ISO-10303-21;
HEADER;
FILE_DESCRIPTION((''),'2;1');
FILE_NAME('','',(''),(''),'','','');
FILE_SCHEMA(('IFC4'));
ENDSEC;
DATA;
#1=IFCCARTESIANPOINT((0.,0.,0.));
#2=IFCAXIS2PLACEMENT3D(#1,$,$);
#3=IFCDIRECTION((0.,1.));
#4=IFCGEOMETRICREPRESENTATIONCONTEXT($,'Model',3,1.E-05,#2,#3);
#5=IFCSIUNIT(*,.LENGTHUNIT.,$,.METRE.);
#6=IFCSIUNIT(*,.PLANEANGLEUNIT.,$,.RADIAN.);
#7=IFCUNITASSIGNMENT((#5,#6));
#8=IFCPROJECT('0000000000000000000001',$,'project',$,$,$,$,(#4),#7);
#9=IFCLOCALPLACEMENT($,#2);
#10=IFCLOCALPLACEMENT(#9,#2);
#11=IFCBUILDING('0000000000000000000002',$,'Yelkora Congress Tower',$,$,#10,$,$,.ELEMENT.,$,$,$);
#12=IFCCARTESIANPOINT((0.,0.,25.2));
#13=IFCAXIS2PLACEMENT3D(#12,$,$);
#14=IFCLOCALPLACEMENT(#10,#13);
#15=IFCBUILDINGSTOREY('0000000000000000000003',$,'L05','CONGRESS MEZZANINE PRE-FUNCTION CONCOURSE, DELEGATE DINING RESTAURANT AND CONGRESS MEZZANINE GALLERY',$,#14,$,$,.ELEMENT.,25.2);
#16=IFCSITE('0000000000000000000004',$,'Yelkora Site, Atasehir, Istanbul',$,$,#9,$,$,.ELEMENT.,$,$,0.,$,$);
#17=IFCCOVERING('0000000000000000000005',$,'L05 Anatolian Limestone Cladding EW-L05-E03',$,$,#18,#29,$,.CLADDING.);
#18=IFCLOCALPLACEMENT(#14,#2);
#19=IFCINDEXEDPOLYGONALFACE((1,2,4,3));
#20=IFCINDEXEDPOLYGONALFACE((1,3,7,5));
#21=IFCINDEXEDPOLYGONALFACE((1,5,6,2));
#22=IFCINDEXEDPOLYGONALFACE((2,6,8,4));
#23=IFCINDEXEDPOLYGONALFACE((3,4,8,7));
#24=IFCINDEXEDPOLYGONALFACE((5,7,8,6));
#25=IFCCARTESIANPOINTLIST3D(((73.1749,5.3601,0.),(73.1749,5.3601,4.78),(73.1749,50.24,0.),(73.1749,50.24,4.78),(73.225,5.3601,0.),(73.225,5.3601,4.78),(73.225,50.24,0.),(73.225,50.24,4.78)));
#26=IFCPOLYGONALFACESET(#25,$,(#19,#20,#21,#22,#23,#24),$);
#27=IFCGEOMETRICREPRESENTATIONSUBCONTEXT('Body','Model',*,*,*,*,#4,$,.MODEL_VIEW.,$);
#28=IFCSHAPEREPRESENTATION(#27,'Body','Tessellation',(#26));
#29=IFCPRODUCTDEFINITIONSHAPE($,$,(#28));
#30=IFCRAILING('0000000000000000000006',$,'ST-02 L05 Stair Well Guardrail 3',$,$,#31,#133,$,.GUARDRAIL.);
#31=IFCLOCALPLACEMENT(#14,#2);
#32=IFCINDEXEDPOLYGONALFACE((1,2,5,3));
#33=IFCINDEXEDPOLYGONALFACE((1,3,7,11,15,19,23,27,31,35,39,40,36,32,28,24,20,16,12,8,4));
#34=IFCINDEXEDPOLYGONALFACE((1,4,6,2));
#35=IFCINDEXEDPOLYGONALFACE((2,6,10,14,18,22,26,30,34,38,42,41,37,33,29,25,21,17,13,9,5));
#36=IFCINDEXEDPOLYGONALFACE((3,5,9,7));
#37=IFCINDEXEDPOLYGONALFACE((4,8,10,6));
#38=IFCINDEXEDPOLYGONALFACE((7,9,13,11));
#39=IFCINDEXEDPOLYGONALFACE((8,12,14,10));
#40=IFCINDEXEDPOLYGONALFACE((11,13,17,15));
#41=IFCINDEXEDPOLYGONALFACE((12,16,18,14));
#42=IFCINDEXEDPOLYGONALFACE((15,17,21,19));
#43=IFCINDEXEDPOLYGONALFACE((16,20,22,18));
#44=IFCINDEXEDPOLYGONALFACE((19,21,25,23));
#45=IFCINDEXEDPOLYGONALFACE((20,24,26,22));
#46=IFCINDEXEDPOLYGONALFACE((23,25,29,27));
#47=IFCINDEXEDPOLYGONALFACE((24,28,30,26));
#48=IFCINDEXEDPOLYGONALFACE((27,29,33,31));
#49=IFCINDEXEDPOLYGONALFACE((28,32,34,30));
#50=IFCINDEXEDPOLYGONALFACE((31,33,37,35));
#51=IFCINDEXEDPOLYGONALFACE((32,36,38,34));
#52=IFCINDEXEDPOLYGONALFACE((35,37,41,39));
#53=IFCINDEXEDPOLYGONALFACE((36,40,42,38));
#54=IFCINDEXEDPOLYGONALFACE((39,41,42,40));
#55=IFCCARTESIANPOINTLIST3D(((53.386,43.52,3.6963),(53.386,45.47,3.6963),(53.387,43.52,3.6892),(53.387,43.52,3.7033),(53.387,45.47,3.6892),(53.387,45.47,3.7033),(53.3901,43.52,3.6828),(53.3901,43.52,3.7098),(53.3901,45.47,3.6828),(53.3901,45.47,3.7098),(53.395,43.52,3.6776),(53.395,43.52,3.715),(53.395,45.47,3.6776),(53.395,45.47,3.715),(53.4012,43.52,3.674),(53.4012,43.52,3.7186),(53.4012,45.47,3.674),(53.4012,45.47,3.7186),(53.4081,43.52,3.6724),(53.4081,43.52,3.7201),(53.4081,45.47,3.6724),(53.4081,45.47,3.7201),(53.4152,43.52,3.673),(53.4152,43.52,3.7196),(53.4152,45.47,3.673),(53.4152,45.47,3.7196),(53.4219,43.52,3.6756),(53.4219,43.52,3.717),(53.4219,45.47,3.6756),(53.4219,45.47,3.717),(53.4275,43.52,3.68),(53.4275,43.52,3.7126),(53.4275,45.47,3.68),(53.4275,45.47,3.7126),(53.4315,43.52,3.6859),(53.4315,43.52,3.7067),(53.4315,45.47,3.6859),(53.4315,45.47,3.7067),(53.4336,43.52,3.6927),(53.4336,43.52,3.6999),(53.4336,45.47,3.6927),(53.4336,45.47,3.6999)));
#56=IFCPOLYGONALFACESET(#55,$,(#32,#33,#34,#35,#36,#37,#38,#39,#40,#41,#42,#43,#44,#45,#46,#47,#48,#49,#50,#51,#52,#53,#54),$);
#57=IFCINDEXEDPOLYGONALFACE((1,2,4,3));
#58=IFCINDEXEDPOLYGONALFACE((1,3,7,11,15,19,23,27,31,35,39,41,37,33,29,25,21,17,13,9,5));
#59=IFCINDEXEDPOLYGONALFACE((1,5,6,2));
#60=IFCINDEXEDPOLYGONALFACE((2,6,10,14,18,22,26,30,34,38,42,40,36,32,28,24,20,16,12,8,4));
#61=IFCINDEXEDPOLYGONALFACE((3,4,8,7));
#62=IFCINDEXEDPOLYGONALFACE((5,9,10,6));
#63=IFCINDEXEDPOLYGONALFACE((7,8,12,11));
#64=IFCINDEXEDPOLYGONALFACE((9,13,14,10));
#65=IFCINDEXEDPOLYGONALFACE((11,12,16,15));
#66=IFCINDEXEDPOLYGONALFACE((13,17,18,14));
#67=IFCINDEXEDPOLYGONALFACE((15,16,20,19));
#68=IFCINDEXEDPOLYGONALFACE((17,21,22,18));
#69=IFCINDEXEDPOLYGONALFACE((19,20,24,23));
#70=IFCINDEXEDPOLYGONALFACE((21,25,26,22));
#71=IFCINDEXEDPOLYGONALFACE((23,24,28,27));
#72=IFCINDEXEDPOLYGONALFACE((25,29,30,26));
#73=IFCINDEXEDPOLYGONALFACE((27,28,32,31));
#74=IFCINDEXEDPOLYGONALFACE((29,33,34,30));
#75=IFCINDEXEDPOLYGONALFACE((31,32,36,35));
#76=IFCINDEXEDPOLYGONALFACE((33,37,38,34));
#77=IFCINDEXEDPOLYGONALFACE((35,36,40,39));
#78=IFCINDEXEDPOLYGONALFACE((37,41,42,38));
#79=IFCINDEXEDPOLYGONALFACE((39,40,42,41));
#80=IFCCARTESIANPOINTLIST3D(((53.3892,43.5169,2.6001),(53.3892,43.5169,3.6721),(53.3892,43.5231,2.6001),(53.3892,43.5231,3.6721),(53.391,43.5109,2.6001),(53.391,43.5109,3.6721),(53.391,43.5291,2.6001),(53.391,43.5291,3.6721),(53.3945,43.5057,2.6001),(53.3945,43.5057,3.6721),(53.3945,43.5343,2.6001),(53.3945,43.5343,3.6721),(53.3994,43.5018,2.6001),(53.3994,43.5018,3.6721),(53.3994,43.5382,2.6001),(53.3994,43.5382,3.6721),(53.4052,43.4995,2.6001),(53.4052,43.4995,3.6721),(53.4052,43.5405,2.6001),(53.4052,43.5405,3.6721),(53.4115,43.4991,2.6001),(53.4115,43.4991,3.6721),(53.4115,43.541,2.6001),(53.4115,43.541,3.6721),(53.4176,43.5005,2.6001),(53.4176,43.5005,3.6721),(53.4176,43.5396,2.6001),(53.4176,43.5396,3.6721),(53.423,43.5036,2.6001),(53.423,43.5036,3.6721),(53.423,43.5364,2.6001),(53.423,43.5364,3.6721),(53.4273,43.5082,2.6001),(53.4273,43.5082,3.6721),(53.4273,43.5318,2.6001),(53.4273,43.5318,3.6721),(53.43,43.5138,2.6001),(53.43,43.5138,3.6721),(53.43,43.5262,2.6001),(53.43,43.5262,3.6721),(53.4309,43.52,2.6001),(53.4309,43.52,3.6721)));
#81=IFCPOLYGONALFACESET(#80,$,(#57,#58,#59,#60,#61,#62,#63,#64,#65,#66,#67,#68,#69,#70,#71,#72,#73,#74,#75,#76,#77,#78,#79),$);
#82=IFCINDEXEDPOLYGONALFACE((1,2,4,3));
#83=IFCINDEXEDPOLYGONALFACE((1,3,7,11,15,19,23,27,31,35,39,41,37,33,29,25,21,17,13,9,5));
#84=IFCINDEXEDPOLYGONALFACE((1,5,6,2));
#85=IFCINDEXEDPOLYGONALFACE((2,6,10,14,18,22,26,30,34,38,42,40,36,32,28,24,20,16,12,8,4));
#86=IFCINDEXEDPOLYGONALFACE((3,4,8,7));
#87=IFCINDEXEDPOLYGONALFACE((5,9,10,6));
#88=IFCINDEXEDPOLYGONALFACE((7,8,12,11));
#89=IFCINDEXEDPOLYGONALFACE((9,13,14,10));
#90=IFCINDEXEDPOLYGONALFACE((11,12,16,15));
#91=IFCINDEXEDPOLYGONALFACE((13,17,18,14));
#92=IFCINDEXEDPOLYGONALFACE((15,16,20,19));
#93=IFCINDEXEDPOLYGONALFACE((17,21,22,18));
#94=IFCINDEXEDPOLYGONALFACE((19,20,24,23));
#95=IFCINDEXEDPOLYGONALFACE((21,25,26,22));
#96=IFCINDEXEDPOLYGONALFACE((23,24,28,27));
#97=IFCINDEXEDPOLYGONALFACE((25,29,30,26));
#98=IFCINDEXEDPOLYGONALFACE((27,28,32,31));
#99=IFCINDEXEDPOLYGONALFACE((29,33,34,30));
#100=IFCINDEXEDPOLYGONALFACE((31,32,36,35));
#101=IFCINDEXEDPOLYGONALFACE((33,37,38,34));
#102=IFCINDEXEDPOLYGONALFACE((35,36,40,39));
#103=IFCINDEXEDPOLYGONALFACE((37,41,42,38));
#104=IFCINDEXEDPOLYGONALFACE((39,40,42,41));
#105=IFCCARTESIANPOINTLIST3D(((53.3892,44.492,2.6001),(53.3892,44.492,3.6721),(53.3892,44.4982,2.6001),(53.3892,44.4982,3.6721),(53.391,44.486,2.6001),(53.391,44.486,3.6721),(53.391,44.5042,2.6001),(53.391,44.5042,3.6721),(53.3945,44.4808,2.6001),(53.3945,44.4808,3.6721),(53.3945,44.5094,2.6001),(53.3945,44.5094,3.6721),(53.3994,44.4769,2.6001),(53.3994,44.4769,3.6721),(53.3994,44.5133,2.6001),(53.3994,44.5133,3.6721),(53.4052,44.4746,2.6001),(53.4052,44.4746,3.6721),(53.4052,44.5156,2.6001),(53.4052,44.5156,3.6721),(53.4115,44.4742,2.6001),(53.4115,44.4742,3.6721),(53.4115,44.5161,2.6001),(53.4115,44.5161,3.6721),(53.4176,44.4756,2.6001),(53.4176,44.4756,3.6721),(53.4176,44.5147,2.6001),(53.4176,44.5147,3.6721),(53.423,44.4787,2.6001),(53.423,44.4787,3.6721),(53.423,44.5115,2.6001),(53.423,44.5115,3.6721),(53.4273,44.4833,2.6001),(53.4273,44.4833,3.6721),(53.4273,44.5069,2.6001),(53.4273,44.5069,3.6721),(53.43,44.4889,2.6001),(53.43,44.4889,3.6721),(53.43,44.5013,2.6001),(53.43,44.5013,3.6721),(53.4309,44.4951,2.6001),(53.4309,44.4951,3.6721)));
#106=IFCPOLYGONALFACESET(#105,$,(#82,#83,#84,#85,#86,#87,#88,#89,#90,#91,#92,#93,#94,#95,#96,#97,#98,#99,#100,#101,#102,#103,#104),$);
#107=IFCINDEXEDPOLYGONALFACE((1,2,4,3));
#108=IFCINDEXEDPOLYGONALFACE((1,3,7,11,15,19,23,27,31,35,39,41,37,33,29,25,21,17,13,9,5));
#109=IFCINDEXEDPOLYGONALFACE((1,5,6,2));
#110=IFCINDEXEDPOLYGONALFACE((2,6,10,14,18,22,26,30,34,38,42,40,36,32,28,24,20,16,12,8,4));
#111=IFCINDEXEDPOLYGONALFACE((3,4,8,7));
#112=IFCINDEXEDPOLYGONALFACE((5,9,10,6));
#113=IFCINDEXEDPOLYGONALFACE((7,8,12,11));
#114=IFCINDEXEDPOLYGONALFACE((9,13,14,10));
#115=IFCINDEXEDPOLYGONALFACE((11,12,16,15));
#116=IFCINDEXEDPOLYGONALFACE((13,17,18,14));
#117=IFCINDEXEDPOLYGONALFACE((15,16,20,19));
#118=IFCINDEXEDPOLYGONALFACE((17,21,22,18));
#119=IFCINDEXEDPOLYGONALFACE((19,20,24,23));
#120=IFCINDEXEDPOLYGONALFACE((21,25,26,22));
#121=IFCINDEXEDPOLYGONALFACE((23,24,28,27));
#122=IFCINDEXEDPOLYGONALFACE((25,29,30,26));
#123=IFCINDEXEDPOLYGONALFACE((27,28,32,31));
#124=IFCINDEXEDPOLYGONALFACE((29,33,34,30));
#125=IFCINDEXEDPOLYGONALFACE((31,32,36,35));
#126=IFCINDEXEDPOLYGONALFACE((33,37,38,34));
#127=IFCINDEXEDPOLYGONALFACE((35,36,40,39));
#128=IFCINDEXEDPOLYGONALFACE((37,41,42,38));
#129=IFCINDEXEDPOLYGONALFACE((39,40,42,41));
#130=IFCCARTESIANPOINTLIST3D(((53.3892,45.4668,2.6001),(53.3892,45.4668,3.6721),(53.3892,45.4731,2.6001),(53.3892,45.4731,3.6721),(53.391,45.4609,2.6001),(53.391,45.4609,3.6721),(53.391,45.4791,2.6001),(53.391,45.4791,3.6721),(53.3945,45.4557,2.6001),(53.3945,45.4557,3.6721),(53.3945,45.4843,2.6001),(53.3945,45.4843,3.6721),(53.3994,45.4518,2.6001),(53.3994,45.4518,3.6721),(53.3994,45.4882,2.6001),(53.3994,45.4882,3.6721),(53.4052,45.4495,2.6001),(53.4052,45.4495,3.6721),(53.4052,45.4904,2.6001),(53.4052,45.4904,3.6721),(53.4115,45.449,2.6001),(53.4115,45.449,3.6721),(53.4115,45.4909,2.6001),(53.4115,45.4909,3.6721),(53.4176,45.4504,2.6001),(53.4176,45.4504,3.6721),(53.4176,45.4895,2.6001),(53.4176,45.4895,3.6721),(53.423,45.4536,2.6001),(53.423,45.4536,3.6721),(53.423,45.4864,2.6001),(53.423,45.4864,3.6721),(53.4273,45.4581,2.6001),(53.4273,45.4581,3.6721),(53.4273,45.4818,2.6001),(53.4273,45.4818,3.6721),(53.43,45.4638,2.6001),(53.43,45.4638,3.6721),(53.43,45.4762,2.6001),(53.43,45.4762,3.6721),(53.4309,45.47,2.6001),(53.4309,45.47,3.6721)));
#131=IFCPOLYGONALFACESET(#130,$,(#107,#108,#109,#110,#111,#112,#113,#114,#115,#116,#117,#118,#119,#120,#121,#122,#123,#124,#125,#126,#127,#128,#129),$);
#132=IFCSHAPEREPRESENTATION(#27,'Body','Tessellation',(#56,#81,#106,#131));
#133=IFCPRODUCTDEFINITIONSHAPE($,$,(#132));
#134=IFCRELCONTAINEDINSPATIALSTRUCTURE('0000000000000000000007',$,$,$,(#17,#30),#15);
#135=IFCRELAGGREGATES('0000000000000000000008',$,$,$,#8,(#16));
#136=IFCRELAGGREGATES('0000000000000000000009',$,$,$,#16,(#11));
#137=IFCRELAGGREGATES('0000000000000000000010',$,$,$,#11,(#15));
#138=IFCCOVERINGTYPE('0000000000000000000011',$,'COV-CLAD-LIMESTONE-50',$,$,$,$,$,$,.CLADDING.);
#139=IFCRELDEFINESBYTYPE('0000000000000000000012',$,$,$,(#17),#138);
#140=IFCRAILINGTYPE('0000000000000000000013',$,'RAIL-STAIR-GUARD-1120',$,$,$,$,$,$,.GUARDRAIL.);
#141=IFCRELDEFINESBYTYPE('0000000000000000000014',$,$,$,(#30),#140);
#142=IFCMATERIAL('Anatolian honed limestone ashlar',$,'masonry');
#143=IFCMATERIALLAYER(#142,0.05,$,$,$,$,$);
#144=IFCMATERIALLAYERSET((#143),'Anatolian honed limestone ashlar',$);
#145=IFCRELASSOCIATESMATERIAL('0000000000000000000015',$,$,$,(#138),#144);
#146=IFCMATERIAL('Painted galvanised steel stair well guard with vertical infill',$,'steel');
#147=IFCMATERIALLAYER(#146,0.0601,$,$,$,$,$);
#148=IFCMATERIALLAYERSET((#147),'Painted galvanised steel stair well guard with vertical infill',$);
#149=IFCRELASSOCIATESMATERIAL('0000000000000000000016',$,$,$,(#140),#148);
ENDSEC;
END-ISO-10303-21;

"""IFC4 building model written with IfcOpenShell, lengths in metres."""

from ifc_helpers import new_model, si_unit, direction, frame, frame_2d, origin, origin_2d, place, context, subcontext, project, spatial, rectangle, circle, extrude, material, layer, layer_set, type_object, element, save


model = new_model("IFC4")

# Units and contexts
model_context = context("Model", 3, precision=1e-05, world=origin(), true_north=direction((0.0, 1.0)))
body_context = subcontext(model_context, "Body", "Model", "MODEL_VIEW")
ifc_project = project(units=[si_unit("LENGTHUNIT", "METRE"), si_unit("PLANEANGLEUNIT", "RADIAN")], contexts=[model_context])

# Site, building, storey
site_placement = place(None, origin())
site = spatial("IfcSite", under=ifc_project, at=site_placement, Name="Yelkora Site, Atasehir, Istanbul", CompositionType="ELEMENT", RefElevation=0.0)
building_placement = place(site_placement, origin())
building = spatial("IfcBuilding", under=site, at=building_placement, Name="Yelkora Congress Tower", CompositionType="ELEMENT")
storey_placement = place(building_placement, frame((0.0, 0.0, 25.2)))
storey = spatial("IfcBuildingStorey", under=building, at=storey_placement, Name="L05", Description="CONGRESS MEZZANINE PRE-FUNCTION CONCOURSE, DELEGATE DINING RESTAURANT AND CONGRESS MEZZANINE GALLERY", CompositionType="ELEMENT", Elevation=25.2)

# Covering
ifc_material_1 = material(Name="Anatolian honed limestone ashlar", Category="masonry")
ifc_layer_1 = layer(ifc_material_1, 0.05)
ifc_layer_set_1 = layer_set([ifc_layer_1], Name="Anatolian honed limestone ashlar")
covering_type = type_object("IfcCoveringType", Name="COV-CLAD-LIMESTONE-50", PredefinedType="CLADDING", material=ifc_layer_set_1)
covering_placement = place(storey_placement, frame((73.2, 50.24, 0.0), z_axis=(0.0, 0.0, 1.0), x_axis=(0.0, -1.0, 0.0)))
element("IfcCovering", 1, at=covering_placement, inside=storey, type_object=covering_type, Name="L05 Anatolian Limestone Cladding EW-L05-E03", PredefinedType="CLADDING", context=body_context, shape_type="SweptSolid", body=[
    extrude(rectangle(XDim=44.8799, YDim=0.05, at=frame_2d((22.4399, 0.0))), origin(), (0.0, 0.0, 1.0), 4.78),
])

# Railing
ifc_material_2 = material(Name="Painted galvanised steel stair well guard with vertical infill", Category="steel")
ifc_layer_2 = layer(ifc_material_2, 0.0601)
ifc_layer_set_2 = layer_set([ifc_layer_2], Name="Painted galvanised steel stair well guard with vertical infill")
railing_type = type_object("IfcRailingType", Name="RAIL-STAIR-GUARD-1120", PredefinedType="GUARDRAIL", material=ifc_layer_set_2)
railing_1_placement = place(storey_placement, frame((53.4099, 43.52, 2.6001)))
element("IfcRailing", 2, at=railing_1_placement, inside=storey, type_object=railing_type, Name="ST-02 L05 Stair Well Guardrail 3", PredefinedType="GUARDRAIL", context=body_context, shape_type="SweptSolid", body=[
    extrude(circle(Radius=0.0239, at=origin_2d()), frame((0.0, 0.0, 1.0962), z_axis=(0.0, 1.0, 0.0), x_axis=(-1.0, 0.0, 0.0)), (0.0, 0.0, 1.0), 1.95),
    extrude(circle(Radius=0.021, at=origin_2d()), origin(), (0.0, 0.0, 1.0), 1.072),
    extrude(circle(Radius=0.021, at=origin_2d()), frame((0.0, 0.9751, 0.0)), (0.0, 0.0, 1.0), 1.072),
    extrude(circle(Radius=0.021, at=origin_2d()), frame((0.0, 1.95, 0.0)), (0.0, 0.0, 1.0), 1.072),
])

save(model, "model.ifc")
